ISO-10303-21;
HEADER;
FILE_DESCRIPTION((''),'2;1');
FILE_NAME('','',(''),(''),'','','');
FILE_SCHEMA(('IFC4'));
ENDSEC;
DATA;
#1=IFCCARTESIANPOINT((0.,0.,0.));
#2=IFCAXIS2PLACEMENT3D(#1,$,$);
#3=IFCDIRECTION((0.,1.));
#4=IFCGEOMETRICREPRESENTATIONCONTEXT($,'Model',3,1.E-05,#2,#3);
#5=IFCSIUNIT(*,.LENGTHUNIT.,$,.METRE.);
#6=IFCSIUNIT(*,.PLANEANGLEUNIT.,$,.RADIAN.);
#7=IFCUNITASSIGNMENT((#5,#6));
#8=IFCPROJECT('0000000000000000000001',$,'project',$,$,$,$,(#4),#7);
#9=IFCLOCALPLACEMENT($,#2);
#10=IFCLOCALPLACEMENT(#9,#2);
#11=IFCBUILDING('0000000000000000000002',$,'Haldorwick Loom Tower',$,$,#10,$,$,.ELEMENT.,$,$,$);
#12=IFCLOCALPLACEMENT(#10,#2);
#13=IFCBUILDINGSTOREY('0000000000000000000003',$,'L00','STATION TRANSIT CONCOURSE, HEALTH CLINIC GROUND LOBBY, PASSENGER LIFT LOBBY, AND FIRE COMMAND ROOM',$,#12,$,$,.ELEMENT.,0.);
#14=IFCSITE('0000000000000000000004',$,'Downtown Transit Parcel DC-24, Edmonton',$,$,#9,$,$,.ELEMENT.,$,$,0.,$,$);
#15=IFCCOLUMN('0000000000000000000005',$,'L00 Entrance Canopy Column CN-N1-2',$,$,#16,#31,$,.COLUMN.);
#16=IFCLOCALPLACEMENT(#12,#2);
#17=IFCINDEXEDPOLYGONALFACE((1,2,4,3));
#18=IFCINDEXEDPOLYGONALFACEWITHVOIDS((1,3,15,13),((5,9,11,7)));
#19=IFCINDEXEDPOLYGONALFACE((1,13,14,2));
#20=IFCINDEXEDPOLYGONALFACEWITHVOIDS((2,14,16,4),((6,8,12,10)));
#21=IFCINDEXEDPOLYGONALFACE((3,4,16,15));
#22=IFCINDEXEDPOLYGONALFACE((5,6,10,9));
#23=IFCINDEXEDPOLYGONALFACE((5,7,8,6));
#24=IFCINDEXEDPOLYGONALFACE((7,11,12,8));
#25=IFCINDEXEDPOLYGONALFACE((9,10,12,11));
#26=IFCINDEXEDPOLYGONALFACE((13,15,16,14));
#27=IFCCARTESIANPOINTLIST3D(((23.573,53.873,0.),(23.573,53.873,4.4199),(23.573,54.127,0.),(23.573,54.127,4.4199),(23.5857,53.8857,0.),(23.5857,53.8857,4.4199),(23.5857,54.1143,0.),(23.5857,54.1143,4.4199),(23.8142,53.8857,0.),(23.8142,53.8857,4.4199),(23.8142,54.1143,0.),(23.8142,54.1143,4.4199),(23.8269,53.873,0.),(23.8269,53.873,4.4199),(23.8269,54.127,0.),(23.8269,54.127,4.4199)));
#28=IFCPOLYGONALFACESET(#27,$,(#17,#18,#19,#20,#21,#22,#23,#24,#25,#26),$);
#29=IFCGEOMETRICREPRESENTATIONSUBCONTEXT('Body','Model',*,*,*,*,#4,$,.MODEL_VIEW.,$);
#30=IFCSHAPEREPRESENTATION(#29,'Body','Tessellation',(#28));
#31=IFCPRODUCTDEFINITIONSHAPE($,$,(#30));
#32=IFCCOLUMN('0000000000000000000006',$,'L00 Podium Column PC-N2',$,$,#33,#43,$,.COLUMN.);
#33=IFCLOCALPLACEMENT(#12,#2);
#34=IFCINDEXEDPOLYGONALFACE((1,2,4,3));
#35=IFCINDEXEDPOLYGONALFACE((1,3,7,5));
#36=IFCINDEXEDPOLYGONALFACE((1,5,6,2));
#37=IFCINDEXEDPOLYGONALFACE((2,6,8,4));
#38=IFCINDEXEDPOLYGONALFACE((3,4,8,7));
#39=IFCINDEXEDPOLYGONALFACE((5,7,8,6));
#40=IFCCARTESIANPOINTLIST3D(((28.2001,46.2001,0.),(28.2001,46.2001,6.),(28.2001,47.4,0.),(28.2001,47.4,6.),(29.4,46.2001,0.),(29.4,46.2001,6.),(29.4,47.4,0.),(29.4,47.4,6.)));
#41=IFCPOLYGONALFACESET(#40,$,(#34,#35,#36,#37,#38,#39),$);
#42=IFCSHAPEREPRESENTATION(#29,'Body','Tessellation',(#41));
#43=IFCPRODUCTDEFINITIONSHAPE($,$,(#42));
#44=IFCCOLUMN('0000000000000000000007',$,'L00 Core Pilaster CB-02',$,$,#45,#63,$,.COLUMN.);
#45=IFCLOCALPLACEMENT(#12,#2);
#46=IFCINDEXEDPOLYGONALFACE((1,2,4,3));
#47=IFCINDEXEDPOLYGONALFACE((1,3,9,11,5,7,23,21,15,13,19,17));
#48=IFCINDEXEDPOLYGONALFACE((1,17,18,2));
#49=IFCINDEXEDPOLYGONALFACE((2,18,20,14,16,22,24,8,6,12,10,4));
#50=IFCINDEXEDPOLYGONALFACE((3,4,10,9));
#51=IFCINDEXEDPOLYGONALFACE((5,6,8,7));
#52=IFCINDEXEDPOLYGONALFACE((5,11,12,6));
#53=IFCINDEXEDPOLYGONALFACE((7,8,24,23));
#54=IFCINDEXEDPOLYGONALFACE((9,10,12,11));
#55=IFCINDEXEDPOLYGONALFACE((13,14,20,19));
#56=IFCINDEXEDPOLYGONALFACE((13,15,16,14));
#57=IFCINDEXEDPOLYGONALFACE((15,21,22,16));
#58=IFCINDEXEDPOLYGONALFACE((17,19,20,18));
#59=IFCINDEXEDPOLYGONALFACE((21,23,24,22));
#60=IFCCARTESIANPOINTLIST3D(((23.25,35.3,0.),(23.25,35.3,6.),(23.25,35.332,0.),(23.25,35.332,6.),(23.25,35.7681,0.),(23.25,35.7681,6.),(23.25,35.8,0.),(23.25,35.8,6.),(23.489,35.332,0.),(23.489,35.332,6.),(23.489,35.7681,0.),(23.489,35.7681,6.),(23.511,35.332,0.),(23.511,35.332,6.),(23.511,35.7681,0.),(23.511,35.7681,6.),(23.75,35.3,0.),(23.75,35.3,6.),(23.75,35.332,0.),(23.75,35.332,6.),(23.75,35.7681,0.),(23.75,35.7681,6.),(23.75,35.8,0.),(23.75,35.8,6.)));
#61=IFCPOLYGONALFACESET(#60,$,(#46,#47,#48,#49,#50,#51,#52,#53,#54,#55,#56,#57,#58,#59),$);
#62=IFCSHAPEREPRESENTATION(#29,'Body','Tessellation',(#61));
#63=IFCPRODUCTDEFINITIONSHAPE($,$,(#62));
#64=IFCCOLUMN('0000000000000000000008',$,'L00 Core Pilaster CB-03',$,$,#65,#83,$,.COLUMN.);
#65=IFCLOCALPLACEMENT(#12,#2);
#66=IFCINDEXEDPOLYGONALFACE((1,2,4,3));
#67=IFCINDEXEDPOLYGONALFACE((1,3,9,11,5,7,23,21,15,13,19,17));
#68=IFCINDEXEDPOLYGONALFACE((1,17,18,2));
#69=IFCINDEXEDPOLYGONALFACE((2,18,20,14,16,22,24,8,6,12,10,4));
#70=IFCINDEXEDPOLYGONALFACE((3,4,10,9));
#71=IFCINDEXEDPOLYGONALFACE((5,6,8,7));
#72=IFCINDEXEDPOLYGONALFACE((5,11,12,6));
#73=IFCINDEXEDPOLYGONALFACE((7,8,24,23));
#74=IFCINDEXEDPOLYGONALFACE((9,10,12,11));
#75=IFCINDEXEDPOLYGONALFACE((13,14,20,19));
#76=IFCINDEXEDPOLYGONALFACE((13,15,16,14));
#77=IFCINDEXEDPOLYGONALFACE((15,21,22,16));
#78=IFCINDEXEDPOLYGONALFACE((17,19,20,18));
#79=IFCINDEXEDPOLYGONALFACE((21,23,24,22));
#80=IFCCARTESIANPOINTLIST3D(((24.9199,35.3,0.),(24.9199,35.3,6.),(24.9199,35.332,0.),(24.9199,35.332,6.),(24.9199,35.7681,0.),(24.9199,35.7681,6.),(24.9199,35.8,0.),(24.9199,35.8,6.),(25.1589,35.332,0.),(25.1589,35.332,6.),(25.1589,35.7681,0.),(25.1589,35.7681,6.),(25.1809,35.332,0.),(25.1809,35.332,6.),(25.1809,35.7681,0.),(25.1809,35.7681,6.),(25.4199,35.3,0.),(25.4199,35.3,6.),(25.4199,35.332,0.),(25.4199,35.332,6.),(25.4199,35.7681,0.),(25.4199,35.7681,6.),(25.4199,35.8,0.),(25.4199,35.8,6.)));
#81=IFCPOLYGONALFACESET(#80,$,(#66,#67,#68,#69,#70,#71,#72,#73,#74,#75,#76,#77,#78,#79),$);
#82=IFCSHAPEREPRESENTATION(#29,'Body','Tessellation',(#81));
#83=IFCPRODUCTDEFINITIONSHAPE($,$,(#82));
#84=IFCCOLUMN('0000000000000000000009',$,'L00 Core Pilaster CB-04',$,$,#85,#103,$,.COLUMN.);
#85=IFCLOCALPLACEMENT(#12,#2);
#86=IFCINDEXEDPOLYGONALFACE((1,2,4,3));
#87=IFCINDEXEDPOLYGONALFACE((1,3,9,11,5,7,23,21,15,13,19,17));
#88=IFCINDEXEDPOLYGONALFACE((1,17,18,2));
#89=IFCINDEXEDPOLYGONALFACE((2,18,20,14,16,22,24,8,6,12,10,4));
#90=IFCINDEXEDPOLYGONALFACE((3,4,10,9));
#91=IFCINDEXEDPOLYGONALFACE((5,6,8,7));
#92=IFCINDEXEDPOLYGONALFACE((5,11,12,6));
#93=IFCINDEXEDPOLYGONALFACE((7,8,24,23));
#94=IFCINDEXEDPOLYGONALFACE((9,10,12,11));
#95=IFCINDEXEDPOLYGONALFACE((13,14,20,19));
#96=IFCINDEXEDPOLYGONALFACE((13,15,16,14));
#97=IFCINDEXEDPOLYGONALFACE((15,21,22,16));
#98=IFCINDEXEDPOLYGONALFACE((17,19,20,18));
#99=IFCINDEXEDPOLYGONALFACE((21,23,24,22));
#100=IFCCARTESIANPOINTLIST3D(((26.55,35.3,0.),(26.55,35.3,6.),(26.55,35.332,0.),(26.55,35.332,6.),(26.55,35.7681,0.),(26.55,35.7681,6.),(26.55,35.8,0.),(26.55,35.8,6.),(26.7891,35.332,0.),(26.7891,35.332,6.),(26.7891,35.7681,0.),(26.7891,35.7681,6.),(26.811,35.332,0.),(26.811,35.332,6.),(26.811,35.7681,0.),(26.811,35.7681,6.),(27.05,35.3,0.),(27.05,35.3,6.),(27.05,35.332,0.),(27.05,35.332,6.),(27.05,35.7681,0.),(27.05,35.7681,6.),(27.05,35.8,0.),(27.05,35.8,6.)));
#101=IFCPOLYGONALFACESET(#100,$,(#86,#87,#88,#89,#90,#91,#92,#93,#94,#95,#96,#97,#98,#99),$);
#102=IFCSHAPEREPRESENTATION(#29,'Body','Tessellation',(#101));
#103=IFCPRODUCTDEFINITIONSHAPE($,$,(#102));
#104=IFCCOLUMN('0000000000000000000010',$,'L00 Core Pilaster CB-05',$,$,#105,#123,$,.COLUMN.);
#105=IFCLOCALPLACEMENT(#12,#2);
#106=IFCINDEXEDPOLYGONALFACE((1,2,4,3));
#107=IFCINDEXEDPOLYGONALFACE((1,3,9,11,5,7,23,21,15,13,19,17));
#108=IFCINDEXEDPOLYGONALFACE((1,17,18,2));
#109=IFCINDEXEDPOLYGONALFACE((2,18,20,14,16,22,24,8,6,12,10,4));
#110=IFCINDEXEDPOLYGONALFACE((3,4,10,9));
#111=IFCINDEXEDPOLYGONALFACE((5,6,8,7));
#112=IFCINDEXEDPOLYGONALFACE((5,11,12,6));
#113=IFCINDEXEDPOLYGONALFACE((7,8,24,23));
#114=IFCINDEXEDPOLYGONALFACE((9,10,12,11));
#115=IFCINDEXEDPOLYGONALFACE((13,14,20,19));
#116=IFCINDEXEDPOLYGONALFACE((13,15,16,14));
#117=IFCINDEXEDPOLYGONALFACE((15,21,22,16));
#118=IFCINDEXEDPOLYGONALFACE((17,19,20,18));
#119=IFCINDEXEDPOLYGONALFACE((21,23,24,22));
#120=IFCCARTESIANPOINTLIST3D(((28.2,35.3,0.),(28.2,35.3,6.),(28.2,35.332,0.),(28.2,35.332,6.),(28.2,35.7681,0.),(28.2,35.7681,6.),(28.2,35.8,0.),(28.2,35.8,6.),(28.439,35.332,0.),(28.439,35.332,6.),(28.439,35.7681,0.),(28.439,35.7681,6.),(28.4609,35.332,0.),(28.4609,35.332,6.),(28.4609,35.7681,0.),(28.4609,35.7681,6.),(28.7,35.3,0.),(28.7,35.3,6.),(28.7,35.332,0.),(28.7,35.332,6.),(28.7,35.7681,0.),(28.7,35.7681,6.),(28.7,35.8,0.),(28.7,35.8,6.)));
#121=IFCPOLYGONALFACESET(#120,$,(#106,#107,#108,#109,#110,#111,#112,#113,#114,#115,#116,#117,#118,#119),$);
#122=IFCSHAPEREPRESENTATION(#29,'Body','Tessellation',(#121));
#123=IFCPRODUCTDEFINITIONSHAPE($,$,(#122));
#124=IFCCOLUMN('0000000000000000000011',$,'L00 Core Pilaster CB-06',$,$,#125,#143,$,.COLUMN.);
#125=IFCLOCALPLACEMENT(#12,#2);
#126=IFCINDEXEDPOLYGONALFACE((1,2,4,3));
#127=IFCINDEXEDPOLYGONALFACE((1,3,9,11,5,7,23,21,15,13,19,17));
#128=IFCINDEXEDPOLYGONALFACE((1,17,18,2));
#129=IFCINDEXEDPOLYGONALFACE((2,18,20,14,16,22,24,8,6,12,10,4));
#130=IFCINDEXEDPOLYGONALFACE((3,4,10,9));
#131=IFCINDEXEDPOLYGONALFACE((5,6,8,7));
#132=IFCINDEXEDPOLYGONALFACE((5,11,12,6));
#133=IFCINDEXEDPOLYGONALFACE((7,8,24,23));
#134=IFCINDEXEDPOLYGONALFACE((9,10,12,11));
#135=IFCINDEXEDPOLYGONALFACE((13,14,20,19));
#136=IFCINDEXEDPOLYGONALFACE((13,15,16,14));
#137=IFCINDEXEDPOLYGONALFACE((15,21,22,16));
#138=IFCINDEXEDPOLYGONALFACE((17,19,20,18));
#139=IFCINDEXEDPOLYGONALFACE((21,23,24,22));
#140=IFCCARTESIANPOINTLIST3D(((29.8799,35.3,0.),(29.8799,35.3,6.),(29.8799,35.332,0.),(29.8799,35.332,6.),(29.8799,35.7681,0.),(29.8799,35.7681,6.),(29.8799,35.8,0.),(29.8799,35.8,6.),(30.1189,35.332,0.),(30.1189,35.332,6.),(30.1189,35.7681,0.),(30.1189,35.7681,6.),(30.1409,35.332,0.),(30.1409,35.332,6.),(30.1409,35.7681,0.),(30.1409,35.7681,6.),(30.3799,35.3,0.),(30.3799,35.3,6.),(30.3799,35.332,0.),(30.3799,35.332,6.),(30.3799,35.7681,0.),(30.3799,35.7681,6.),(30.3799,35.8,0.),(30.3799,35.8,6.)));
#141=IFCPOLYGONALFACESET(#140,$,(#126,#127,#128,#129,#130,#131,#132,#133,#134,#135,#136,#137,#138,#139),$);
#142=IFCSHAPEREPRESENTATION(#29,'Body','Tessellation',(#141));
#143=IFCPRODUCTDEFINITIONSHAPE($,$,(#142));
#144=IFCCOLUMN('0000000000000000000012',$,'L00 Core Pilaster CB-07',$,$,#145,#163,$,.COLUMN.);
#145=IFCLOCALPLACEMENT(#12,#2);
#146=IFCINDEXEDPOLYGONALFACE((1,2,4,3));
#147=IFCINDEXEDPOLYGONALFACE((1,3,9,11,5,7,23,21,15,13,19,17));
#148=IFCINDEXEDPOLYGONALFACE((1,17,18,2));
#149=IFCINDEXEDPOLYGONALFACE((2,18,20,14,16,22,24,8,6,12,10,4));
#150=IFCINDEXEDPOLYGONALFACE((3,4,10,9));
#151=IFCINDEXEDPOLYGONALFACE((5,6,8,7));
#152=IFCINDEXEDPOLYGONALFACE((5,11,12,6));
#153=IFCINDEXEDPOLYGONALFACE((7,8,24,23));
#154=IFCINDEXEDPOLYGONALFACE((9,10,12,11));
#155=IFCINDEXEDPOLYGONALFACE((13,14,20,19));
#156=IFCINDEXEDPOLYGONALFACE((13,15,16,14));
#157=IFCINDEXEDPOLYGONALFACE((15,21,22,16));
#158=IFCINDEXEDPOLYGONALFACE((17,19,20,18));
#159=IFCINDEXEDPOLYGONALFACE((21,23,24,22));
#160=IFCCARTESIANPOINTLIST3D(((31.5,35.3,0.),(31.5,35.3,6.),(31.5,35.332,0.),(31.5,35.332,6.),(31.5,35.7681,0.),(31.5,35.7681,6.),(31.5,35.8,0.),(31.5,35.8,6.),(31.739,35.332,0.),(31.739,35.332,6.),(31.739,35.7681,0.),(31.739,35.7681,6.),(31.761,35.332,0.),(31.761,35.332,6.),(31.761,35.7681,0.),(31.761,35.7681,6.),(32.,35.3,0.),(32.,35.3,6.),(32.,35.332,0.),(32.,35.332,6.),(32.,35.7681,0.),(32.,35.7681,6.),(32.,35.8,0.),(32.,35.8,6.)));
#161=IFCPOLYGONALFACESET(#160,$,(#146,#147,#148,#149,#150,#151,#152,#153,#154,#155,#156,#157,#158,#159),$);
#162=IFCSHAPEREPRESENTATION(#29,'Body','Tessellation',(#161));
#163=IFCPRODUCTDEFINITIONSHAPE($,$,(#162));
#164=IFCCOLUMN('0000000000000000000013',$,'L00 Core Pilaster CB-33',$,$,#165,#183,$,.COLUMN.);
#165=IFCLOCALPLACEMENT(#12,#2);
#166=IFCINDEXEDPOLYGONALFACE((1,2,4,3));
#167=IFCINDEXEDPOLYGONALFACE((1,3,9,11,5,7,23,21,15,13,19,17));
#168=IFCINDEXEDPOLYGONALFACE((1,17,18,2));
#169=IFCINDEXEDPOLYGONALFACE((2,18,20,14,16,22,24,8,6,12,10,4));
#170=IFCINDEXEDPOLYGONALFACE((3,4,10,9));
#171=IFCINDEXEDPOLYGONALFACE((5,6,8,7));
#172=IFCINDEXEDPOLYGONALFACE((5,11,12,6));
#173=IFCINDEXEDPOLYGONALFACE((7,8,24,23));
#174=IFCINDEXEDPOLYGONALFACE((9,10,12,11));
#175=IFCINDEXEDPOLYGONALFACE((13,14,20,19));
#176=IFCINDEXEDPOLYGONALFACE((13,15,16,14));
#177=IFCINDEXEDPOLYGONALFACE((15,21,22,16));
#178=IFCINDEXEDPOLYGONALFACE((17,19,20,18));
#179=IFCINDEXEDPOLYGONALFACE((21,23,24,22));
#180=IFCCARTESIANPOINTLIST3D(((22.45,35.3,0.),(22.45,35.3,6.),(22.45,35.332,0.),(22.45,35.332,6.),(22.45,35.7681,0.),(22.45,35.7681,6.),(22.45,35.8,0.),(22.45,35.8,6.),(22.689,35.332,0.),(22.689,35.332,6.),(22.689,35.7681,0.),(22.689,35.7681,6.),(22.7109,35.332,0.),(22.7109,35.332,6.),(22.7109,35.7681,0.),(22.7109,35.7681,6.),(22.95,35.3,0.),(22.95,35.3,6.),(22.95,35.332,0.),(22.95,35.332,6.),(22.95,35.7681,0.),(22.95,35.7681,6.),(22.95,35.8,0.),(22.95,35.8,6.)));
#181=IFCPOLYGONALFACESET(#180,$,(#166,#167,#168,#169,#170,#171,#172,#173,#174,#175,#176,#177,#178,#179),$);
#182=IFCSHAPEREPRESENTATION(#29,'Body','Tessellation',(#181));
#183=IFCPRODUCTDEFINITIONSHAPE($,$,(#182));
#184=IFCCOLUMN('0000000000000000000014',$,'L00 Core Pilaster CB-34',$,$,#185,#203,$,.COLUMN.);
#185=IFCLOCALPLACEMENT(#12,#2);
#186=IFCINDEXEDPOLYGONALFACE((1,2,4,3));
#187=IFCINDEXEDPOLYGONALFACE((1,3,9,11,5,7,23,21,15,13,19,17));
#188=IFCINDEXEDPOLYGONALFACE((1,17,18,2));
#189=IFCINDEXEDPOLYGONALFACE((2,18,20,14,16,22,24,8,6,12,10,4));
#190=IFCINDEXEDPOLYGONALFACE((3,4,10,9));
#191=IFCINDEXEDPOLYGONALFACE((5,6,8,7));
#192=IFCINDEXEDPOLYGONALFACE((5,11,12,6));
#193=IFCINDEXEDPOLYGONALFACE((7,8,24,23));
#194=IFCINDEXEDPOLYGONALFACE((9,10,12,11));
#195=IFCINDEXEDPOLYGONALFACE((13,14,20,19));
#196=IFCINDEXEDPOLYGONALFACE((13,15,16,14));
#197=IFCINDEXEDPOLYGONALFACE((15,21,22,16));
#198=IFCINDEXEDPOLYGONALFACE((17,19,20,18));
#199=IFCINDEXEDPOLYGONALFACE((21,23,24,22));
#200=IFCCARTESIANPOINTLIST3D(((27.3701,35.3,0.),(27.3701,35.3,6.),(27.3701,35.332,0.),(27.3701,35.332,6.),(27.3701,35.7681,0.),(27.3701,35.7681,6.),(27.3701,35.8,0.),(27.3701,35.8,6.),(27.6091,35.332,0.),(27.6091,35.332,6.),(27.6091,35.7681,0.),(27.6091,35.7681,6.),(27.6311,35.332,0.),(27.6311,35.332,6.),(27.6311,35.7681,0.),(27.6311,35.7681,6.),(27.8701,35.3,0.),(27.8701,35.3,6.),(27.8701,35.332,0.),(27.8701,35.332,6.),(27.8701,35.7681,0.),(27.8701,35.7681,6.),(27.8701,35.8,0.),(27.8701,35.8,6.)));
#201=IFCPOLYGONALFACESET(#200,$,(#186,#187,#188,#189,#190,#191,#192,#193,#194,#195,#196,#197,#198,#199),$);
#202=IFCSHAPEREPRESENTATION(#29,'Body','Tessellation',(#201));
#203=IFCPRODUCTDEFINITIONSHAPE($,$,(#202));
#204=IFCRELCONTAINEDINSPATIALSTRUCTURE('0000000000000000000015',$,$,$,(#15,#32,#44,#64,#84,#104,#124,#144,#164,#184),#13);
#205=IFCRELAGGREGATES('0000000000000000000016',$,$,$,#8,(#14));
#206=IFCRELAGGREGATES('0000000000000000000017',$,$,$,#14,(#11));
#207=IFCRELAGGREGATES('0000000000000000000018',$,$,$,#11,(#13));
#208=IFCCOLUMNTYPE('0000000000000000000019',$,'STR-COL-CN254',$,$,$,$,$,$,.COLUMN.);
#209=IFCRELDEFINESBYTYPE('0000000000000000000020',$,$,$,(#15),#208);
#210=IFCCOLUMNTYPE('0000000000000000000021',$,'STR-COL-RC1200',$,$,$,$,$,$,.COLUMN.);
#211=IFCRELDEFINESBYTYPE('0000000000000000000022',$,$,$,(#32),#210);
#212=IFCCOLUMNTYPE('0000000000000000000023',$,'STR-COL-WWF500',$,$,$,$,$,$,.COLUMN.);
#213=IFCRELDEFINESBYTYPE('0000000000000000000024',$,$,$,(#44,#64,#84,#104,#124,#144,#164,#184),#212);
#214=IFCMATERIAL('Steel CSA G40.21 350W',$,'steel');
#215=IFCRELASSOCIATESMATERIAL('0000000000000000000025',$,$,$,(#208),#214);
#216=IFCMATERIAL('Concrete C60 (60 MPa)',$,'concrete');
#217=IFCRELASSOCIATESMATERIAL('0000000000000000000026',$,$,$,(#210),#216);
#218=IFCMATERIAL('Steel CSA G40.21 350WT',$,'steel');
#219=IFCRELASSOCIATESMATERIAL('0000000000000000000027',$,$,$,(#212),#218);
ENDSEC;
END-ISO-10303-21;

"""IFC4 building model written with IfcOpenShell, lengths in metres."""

from ifc_helpers import new_model, si_unit, direction, frame, origin, origin_2d, place, context, subcontext, project, spatial, rectangle, hollow_rectangle, i_section, extrude, material, material_profile, profile_set, type_object, element, save


model = new_model("IFC4")

# Units and contexts
model_context = context("Model", 3, precision=1e-05, world=origin(), true_north=direction((0.0, 1.0)))
body_context = subcontext(model_context, "Body", "Model", "MODEL_VIEW")
ifc_project = project(units=[si_unit("LENGTHUNIT", "METRE"), si_unit("PLANEANGLEUNIT", "RADIAN")], contexts=[model_context])

# Site, building, storey
site_placement = place(None, origin())
site = spatial("IfcSite", under=ifc_project, at=site_placement, Name="Downtown Transit Parcel DC-24, Edmonton", CompositionType="ELEMENT", RefElevation=0.0)
building_placement = place(site_placement, origin())
building = spatial("IfcBuilding", under=site, at=building_placement, Name="Haldorwick Loom Tower", CompositionType="ELEMENT")
storey_placement = place(building_placement, origin())
storey = spatial("IfcBuildingStorey", under=building, at=storey_placement, Name="L00", Description="STATION TRANSIT CONCOURSE, HEALTH CLINIC GROUND LOBBY, PASSENGER LIFT LOBBY, AND FIRE COMMAND ROOM", CompositionType="ELEMENT", Elevation=0.0)

# Columns
ifc_material_1 = material(Name="Steel CSA G40.21 350W", Category="steel")
ifc_material_profile_1 = material_profile(ifc_material_1, hollow_rectangle(XDim=0.2539, YDim=0.2539, WallThickness=0.0127, at=origin_2d()), Name="HSS254X254X13", Category="steel")
ifc_profile_set_1 = profile_set([ifc_material_profile_1], Name="Steel CSA G40.21 350W")
column_type_1 = type_object("IfcColumnType", Name="STR-COL-CN254", PredefinedType="COLUMN", material=ifc_profile_set_1)
column_1_placement = place(storey_placement, frame((23.7, 54.0, 0.0), z_axis=(0.0, 0.0, 1.0), x_axis=(1.0, 0.0, 0.0)))
element("IfcColumn", 1, at=column_1_placement, inside=storey, type_object=column_type_1, Name="L00 Entrance Canopy Column CN-N1-2", PredefinedType="COLUMN", context=body_context, shape_type="SweptSolid", body=[
    extrude(hollow_rectangle(XDim=0.2539, YDim=0.2539, WallThickness=0.0127, at=origin_2d()), origin(), (0.0, 0.0, 1.0), 4.4199),
])
ifc_material_2 = material(Name="Concrete C60 (60 MPa)", Category="concrete")
ifc_material_profile_2 = material_profile(ifc_material_2, rectangle(XDim=1.2, YDim=1.2, at=origin_2d()), Name="RC1200X1200", Category="concrete")
ifc_profile_set_2 = profile_set([ifc_material_profile_2], Name="Concrete C60 (60 MPa)")
column_type_2 = type_object("IfcColumnType", Name="STR-COL-RC1200", PredefinedType="COLUMN", material=ifc_profile_set_2)
column_2_placement = place(storey_placement, frame((28.8, 46.8, 0.0), z_axis=(0.0, 0.0, 1.0), x_axis=(1.0, 0.0, 0.0)))
element("IfcColumn", 2, at=column_2_placement, inside=storey, type_object=column_type_2, Name="L00 Podium Column PC-N2", PredefinedType="COLUMN", context=body_context, shape_type="SweptSolid", body=[
    extrude(rectangle(XDim=1.2, YDim=1.2, at=origin_2d()), origin(), (0.0, 0.0, 1.0), 6.0),
])
ifc_material_3 = material(Name="Steel CSA G40.21 350WT", Category="steel")
ifc_material_profile_3 = material_profile(ifc_material_3, i_section(OverallWidth=0.5, OverallDepth=0.5, WebThickness=0.022, FlangeThickness=0.032, at=origin_2d()), Name="WWF500X500", Category="steel")
ifc_profile_set_3 = profile_set([ifc_material_profile_3], Name="Steel CSA G40.21 350WT")
column_type_3 = type_object("IfcColumnType", Name="STR-COL-WWF500", PredefinedType="COLUMN", material=ifc_profile_set_3)
for number, where, z_axis, x_axis, name in (
    (3, (23.5, 35.55, 0.0), (0.0, 0.0, 1.0), (1.0, 0.0, 0.0), "L00 Core Pilaster CB-02"),
    (4, (25.1699, 35.55, 0.0), (0.0, 0.0, 1.0), (1.0, 0.0, 0.0), "L00 Core Pilaster CB-03"),
    (5, (26.8, 35.55, 0.0), (0.0, 0.0, 1.0), (1.0, 0.0, 0.0), "L00 Core Pilaster CB-04"),
    (6, (28.45, 35.55, 0.0), (0.0, 0.0, 1.0), (1.0, 0.0, 0.0), "L00 Core Pilaster CB-05"),
    (7, (30.1299, 35.55, 0.0), (0.0, 0.0, 1.0), (1.0, 0.0, 0.0), "L00 Core Pilaster CB-06"),
    (8, (31.75, 35.55, 0.0), (0.0, 0.0, 1.0), (1.0, 0.0, 0.0), "L00 Core Pilaster CB-07"),
    (9, (22.7, 35.55, 0.0), (0.0, 0.0, 1.0), (1.0, 0.0, 0.0), "L00 Core Pilaster CB-33"),
    (10, (27.6201, 35.55, 0.0), (0.0, 0.0, 1.0), (1.0, 0.0, 0.0), "L00 Core Pilaster CB-34"),
):
    element("IfcColumn", number, at=place(storey_placement, frame(where, z_axis=z_axis, x_axis=x_axis)), inside=storey, type_object=column_type_3, Name=name, PredefinedType="COLUMN", context=body_context, shape_type="SweptSolid", body=[
        extrude(i_section(OverallWidth=0.5, OverallDepth=0.5, WebThickness=0.022, FlangeThickness=0.032, at=origin_2d()), origin(), (0.0, 0.0, 1.0), 6.0),
    ])

save(model, "model.ifc")
